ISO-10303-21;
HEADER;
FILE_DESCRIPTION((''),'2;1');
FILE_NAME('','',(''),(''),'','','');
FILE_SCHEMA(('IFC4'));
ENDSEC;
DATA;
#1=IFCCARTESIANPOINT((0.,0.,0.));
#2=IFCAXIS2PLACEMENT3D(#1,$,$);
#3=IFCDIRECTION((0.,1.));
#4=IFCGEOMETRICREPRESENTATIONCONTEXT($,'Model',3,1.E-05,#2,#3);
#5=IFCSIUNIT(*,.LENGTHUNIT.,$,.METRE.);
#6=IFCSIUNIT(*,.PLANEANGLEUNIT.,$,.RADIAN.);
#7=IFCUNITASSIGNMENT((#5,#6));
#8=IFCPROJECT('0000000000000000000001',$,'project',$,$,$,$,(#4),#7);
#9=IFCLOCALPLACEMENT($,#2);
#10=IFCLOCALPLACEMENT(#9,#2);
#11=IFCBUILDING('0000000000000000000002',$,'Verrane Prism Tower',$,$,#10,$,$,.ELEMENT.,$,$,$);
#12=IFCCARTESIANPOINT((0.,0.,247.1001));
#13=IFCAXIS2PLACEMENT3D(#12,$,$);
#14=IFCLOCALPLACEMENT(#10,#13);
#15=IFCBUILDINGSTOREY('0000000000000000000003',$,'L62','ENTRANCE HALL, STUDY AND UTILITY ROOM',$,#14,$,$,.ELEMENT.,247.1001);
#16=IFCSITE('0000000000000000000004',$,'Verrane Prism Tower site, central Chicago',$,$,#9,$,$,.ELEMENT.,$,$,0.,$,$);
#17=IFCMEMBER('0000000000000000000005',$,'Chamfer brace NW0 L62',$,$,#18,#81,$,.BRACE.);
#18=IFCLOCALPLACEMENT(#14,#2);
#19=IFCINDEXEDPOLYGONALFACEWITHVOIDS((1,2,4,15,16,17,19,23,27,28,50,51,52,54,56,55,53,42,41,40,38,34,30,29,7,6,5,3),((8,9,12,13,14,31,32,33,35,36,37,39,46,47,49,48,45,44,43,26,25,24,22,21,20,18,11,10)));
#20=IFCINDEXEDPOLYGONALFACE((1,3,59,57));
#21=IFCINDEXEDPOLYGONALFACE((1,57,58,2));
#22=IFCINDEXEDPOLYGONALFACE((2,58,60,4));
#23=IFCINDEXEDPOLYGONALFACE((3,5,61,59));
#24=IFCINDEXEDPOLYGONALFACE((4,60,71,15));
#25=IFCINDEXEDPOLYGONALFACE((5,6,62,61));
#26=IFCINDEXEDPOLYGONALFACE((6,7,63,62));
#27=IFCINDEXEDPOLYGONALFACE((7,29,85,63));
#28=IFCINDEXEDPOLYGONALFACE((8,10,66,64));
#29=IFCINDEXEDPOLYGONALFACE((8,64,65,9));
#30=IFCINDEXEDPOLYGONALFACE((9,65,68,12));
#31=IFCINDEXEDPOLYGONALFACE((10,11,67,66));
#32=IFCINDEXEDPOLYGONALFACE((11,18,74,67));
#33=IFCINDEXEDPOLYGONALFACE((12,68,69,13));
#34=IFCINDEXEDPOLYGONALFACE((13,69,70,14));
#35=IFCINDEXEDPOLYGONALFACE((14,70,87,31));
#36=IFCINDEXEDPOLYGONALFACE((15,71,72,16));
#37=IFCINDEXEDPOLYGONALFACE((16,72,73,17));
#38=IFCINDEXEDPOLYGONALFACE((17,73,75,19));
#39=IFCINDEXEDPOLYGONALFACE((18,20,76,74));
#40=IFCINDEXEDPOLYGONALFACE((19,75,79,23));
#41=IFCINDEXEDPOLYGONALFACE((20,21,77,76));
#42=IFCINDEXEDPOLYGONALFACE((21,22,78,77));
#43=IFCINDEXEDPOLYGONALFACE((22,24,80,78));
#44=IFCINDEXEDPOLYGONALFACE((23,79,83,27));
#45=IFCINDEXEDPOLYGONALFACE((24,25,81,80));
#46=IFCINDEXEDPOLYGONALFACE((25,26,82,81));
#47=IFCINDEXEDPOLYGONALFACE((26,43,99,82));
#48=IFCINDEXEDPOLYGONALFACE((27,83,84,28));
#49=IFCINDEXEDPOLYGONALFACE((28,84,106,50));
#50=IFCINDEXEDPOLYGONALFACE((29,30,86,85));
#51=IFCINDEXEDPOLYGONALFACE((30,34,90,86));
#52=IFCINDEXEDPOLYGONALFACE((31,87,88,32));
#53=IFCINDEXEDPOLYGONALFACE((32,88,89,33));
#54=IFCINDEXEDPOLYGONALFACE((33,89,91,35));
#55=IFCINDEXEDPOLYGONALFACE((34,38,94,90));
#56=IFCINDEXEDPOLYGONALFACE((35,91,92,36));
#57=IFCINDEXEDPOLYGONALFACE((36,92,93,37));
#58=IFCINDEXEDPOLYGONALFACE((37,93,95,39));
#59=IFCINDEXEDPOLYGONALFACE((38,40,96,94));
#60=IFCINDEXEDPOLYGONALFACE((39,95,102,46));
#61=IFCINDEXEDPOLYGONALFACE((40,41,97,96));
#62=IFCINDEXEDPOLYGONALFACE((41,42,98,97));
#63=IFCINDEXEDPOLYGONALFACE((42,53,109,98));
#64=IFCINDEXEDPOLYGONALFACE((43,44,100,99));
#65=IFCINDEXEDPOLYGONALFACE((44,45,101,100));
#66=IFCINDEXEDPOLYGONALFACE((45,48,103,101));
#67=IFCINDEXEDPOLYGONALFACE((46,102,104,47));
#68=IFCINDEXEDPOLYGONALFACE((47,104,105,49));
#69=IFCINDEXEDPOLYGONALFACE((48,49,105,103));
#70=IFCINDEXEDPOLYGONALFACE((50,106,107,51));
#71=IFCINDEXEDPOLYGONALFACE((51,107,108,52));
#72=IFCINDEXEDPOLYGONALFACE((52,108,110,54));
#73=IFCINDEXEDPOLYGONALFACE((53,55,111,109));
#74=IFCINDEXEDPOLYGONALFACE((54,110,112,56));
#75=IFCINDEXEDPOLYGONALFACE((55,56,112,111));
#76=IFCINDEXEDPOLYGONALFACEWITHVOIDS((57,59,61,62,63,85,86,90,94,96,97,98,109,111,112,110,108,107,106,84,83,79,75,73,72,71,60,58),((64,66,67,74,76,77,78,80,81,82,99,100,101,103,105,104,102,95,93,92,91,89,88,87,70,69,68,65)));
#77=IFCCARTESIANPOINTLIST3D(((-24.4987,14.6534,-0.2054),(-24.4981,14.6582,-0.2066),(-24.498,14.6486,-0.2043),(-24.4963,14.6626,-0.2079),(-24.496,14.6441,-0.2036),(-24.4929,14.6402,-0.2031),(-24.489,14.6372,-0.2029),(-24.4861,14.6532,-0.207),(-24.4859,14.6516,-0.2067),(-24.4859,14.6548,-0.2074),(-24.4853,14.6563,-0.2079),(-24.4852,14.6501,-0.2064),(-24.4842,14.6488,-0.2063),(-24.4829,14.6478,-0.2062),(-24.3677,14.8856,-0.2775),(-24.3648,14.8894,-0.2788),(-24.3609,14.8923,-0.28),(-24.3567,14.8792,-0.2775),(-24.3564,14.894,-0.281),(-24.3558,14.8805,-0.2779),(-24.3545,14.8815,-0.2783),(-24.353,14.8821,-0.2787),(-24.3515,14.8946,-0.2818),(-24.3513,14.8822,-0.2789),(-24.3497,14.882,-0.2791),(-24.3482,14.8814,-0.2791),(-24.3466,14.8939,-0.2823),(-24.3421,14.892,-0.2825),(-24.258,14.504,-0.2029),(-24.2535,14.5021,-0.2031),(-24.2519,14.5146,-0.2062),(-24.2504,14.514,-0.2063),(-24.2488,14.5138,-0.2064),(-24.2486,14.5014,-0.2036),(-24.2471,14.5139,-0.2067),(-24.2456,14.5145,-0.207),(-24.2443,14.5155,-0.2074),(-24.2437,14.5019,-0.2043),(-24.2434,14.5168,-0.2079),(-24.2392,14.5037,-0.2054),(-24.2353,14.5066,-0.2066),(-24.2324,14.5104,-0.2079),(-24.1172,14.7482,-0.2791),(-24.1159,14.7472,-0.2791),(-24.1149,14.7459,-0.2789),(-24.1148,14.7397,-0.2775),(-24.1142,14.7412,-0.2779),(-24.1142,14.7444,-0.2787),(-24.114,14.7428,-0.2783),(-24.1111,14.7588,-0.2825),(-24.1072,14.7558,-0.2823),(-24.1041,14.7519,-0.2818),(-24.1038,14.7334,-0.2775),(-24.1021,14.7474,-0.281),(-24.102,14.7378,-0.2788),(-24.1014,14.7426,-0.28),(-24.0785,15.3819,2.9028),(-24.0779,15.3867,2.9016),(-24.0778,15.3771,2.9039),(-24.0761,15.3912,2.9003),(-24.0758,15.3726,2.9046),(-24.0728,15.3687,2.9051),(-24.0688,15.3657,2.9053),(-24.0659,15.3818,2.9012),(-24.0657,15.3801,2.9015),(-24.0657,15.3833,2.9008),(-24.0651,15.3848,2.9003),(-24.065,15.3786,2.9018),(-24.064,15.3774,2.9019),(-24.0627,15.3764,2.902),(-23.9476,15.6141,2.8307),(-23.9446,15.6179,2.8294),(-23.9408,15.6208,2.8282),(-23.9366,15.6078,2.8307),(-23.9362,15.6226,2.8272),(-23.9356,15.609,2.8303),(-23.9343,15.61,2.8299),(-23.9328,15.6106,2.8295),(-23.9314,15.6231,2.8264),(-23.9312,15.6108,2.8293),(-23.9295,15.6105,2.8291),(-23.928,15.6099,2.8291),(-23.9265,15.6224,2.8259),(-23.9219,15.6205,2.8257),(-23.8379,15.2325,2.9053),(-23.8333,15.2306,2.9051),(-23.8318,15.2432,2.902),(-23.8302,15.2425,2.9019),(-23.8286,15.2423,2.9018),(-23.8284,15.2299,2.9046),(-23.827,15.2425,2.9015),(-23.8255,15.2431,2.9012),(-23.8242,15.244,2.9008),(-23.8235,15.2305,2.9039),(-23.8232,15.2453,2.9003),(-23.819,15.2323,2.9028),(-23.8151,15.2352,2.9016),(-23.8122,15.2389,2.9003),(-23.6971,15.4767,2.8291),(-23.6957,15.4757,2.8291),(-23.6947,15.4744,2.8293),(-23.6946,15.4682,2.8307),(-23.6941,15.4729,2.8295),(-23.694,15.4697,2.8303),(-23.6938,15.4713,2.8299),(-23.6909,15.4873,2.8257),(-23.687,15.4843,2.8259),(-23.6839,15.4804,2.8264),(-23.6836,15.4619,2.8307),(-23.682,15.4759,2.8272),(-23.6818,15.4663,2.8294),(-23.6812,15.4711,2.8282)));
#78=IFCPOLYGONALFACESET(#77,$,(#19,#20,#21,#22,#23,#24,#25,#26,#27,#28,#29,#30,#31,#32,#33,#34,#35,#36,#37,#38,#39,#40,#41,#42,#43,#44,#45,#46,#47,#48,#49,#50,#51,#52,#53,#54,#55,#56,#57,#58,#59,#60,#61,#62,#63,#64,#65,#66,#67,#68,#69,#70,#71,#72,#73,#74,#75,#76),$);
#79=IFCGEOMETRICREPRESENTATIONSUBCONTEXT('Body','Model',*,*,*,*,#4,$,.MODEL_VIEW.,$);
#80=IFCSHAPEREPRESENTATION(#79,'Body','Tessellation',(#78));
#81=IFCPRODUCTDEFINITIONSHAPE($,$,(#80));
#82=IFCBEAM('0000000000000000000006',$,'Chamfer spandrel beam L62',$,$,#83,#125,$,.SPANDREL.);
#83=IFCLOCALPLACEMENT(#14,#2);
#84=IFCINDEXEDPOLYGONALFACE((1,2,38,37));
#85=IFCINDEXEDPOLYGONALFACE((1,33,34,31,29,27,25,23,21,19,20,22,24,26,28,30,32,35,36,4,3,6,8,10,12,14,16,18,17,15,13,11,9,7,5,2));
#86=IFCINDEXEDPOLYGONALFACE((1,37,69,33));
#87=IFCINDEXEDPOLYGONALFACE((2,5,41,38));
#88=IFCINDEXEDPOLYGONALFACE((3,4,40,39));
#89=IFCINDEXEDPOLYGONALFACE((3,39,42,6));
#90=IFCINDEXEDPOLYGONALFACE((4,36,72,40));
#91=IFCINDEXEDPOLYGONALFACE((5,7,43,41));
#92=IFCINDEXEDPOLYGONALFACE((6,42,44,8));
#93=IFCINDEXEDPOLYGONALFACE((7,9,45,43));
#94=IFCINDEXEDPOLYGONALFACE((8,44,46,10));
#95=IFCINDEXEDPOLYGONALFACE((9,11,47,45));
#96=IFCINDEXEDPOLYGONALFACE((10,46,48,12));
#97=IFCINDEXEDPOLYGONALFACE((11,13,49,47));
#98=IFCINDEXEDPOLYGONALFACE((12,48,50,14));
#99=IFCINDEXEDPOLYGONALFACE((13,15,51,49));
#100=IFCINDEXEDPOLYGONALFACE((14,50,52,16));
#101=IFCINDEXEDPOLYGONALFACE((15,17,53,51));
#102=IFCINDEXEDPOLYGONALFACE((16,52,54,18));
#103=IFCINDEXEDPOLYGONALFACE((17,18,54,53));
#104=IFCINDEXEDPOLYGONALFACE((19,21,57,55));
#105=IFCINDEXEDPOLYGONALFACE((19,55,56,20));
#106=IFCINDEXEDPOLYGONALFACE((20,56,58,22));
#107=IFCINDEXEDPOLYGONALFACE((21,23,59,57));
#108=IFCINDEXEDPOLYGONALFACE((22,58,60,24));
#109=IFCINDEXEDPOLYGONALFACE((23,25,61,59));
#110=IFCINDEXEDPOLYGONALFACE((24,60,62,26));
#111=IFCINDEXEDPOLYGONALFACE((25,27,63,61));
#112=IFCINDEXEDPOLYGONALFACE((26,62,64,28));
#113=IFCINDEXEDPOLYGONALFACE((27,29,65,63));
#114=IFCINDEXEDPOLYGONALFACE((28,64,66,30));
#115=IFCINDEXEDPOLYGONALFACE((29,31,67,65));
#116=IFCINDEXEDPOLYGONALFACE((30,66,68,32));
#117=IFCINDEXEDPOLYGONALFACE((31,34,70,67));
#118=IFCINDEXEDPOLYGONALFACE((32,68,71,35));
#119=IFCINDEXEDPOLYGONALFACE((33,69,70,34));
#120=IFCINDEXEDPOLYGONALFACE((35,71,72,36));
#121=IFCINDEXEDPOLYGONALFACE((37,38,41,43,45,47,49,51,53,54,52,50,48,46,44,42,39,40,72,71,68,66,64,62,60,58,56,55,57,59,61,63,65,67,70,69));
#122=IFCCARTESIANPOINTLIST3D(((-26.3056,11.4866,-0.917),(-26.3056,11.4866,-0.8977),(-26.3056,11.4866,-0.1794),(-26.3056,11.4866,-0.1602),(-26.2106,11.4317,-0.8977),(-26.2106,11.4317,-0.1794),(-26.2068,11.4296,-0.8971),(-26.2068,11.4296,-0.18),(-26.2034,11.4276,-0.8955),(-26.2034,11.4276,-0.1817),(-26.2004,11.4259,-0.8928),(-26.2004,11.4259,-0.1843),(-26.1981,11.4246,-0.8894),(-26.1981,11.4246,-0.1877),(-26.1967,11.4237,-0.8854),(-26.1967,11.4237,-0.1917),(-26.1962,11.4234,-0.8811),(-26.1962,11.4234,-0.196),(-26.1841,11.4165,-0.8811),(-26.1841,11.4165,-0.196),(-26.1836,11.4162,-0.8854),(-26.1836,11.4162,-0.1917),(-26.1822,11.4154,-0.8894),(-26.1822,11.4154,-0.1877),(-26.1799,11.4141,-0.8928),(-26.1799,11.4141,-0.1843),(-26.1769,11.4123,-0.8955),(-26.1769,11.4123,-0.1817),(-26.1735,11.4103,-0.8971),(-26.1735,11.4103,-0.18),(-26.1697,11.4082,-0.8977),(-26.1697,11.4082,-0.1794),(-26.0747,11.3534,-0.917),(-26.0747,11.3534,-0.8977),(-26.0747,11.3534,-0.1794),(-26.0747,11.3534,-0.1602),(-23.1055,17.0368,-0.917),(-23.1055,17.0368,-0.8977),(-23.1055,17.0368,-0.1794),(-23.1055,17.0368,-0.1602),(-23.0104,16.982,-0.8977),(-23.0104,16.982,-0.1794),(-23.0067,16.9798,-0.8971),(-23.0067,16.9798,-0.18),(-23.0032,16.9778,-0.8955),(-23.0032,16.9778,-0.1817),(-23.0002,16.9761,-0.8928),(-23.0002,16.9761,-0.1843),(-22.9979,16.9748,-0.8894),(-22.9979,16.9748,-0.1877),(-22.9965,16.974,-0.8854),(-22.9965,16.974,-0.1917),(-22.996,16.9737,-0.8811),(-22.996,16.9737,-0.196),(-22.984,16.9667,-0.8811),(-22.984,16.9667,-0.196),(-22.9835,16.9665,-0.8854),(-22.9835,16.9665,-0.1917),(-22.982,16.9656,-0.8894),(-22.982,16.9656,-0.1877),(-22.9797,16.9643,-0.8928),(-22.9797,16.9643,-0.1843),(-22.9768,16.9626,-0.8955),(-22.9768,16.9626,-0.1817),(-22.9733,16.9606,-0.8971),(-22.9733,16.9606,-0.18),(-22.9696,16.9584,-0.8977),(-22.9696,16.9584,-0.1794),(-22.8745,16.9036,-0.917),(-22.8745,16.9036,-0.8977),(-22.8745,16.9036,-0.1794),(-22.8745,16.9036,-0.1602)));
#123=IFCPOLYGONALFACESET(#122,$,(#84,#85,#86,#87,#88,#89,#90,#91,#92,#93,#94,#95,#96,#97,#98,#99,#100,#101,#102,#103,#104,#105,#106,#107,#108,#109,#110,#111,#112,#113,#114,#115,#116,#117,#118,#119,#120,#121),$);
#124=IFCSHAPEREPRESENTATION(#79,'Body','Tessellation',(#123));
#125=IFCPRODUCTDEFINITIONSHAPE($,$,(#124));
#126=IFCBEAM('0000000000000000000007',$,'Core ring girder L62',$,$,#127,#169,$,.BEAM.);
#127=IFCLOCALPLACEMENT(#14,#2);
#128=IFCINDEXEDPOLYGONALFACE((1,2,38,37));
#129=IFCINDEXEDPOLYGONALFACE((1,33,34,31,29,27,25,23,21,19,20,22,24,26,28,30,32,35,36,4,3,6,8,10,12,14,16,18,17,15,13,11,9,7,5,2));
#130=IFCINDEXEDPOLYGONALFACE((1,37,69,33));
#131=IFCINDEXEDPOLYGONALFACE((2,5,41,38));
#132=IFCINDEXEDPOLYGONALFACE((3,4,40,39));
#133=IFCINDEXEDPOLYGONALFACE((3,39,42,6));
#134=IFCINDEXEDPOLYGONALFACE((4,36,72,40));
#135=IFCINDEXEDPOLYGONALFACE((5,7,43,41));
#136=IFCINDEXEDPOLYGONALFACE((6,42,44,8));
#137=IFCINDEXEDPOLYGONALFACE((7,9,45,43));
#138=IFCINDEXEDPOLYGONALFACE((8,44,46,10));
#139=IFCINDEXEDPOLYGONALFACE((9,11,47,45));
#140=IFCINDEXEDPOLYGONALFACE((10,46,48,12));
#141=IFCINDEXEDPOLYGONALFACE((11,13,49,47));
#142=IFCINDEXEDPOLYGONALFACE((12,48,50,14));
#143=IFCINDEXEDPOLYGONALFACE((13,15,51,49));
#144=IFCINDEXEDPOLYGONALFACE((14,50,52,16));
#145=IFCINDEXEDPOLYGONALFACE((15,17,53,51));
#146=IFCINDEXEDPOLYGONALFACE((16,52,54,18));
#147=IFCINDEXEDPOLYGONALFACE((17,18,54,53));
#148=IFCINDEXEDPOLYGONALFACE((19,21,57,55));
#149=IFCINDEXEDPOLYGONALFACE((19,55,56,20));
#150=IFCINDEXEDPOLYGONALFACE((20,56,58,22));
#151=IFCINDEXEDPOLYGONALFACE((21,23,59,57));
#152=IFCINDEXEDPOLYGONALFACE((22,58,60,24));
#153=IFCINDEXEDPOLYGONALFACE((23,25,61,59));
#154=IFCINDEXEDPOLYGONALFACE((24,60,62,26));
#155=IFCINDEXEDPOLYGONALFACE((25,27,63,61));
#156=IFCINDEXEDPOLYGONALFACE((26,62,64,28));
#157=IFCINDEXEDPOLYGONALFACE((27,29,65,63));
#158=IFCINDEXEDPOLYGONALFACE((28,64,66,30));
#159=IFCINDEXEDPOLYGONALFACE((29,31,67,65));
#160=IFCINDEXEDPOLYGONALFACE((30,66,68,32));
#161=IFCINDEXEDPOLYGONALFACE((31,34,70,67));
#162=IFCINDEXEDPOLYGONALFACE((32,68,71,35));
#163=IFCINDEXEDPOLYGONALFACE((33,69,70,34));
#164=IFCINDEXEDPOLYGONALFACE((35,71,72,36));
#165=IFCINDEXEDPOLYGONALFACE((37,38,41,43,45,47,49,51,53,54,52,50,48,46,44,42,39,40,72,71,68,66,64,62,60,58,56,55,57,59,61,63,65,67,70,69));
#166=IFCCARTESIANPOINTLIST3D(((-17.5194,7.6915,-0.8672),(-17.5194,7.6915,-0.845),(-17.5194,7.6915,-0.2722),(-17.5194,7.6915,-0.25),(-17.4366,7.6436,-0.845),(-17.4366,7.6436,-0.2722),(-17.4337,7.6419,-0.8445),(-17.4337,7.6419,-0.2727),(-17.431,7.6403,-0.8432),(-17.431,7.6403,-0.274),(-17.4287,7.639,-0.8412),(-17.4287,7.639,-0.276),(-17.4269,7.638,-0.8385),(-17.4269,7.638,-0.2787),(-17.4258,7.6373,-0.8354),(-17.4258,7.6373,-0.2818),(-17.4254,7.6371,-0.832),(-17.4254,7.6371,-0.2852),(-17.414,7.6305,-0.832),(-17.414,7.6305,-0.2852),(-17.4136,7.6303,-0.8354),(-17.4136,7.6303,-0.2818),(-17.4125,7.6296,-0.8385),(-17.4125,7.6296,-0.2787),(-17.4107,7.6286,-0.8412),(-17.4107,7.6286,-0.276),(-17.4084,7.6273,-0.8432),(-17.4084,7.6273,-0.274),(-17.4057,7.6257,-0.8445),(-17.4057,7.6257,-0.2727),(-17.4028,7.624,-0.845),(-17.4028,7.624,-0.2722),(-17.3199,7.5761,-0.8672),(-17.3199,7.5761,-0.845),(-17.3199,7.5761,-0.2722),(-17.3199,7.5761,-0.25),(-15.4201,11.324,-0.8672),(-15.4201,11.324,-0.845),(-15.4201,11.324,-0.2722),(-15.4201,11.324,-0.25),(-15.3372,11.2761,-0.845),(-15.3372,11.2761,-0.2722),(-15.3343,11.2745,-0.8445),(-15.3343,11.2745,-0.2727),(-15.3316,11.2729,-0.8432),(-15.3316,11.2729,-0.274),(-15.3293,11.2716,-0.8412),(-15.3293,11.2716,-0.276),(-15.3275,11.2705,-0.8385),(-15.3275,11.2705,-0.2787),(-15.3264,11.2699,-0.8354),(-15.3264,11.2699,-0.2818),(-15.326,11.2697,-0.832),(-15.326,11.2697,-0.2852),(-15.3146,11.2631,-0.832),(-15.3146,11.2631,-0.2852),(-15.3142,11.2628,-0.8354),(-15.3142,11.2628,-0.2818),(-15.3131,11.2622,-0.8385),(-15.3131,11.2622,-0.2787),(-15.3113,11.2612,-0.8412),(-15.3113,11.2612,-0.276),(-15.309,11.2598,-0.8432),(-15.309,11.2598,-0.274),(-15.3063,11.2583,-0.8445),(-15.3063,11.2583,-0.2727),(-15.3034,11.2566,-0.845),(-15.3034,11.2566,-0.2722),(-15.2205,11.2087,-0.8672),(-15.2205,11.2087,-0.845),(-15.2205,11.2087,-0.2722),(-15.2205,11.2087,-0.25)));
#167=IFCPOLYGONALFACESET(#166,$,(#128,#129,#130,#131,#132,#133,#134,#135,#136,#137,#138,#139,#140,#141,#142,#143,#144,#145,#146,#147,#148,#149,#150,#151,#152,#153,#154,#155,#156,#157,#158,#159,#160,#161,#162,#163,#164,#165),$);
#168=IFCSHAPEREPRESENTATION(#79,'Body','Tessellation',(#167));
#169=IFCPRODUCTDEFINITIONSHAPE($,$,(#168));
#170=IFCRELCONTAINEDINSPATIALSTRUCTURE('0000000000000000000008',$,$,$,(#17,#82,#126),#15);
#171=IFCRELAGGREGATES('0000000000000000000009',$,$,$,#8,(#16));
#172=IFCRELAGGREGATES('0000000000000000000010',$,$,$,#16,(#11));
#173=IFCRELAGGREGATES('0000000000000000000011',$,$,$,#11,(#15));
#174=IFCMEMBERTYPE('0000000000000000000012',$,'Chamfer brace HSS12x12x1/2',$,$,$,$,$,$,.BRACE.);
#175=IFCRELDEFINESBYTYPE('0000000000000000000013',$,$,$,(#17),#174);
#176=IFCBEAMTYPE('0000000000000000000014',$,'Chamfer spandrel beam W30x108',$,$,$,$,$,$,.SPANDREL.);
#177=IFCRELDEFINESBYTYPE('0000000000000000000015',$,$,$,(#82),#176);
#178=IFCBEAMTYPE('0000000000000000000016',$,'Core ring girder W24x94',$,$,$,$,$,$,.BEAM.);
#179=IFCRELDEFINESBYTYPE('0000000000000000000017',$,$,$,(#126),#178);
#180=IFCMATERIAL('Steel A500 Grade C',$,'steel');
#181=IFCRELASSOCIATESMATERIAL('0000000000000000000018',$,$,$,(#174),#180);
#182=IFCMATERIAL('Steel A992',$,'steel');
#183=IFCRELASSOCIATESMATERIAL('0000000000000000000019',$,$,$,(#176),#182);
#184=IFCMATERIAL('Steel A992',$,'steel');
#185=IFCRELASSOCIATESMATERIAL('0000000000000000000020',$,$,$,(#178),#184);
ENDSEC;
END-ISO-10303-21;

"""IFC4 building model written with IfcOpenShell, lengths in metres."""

from ifc_helpers import new_model, si_unit, direction, frame, origin, origin_2d, place, context, subcontext, project, spatial, hollow_rectangle, i_section, extrude, material, material_profile, profile_set, type_object, element, save


model = new_model("IFC4")

# Units and contexts
model_context = context("Model", 3, precision=1e-05, world=origin(), true_north=direction((0.0, 1.0)))
body_context = subcontext(model_context, "Body", "Model", "MODEL_VIEW")
ifc_project = project(units=[si_unit("LENGTHUNIT", "METRE"), si_unit("PLANEANGLEUNIT", "RADIAN")], contexts=[model_context])

# Site, building, storey
site_placement = place(None, origin())
site = spatial("IfcSite", under=ifc_project, at=site_placement, Name="Verrane Prism Tower site, central Chicago", CompositionType="ELEMENT", RefElevation=0.0)
building_placement = place(site_placement, origin())
building = spatial("IfcBuilding", under=site, at=building_placement, Name="Verrane Prism Tower", CompositionType="ELEMENT")
storey_placement = place(building_placement, frame((0.0, 0.0, 247.1001)))
storey = spatial("IfcBuildingStorey", under=building, at=storey_placement, Name="L62", Description="ENTRANCE HALL, STUDY AND UTILITY ROOM", CompositionType="ELEMENT", Elevation=247.1001)

# Member
ifc_material_1 = material(Name="Steel A500 Grade C", Category="steel")
ifc_material_profile_1 = material_profile(ifc_material_1, hollow_rectangle(XDim=0.3047, YDim=0.3047, WallThickness=0.0127, InnerFilletRadius=0.0063, OuterFilletRadius=0.019, at=origin_2d()), Name="HSS12x12x1/2")
ifc_profile_set_1 = profile_set([ifc_material_profile_1], Name="Steel A500 Grade C")
member_type_1 = type_object("IfcMemberType", Name="Chamfer brace HSS12x12x1/2", PredefinedType="BRACE", material=ifc_profile_set_1)
member_1_placement = place(storey_placement, frame((-24.3, 14.698, -0.2427), z_axis=(0.13049, 0.226253, 0.965289), x_axis=(-0.866253, 0.499605, 0.0)))
element("IfcMember", 1, at=member_1_placement, inside=storey, type_object=member_type_1, Name="Chamfer brace NW0 L62", PredefinedType="BRACE", context=body_context, shape_type="SweptSolid", body=[
    extrude(hollow_rectangle(XDim=0.3047, YDim=0.3047, WallThickness=0.0127, InnerFilletRadius=0.0063, OuterFilletRadius=0.019, at=origin_2d()), origin(), (0.0, 0.0, 1.0), 3.22),
])

# Beams
ifc_material_2 = material(Name="Steel A992", Category="steel")
ifc_material_profile_2 = material_profile(ifc_material_2, i_section(OverallWidth=0.2666, OverallDepth=0.7568, WebThickness=0.0139, FlangeThickness=0.0193, FilletRadius=0.0166, at=origin_2d()), Name="W30x108")
ifc_profile_set_2 = profile_set([ifc_material_profile_2], Name="Steel A992")
beam_type_1 = type_object("IfcBeamType", Name="Chamfer spandrel beam W30x108", PredefinedType="SPANDREL", material=ifc_profile_set_2)
beam_1_placement = place(storey_placement, frame((-22.99, 16.9702, -0.5386), z_axis=(-0.4995, -0.866314, 0.0), x_axis=(0.866314, -0.4995, 0.0)))
element("IfcBeam", 2, at=beam_1_placement, inside=storey, type_object=beam_type_1, Name="Chamfer spandrel beam L62", PredefinedType="SPANDREL", context=body_context, shape_type="SweptSolid", body=[
    extrude(i_section(OverallWidth=0.2666, OverallDepth=0.7568, WebThickness=0.0139, FlangeThickness=0.0193, FilletRadius=0.0166, at=origin_2d()), origin(), (0.0, 0.0, 1.0), 6.4067),
])
ifc_material_3 = material(Name="Steel A992", Category="steel")
ifc_material_profile_3 = material_profile(ifc_material_3, i_section(OverallWidth=0.2305, OverallDepth=0.6172, WebThickness=0.0132, FlangeThickness=0.0222, FilletRadius=0.0129, at=origin_2d()), Name="W24x94")
ifc_profile_set_3 = profile_set([ifc_material_profile_3], Name="Steel A992")
beam_type_2 = type_object("IfcBeamType", Name="Core ring girder W24x94", PredefinedType="BEAM", material=ifc_profile_set_3)
beam_2_placement = place(storey_placement, frame((-15.3203, 11.2664, -0.5586), z_axis=(-0.500376, -0.865808, 0.0), x_axis=(0.865808, -0.500376, 0.0)))
element("IfcBeam", 3, at=beam_2_placement, inside=storey, type_object=beam_type_2, Name="Core ring girder L62", PredefinedType="BEAM", context=body_context, shape_type="SweptSolid", body=[
    extrude(i_section(OverallWidth=0.2305, OverallDepth=0.6172, WebThickness=0.0132, FlangeThickness=0.0222, FilletRadius=0.0129, at=origin_2d()), origin(), (0.0, 0.0, 1.0), 4.1956),
])

save(model, "model.ifc")
